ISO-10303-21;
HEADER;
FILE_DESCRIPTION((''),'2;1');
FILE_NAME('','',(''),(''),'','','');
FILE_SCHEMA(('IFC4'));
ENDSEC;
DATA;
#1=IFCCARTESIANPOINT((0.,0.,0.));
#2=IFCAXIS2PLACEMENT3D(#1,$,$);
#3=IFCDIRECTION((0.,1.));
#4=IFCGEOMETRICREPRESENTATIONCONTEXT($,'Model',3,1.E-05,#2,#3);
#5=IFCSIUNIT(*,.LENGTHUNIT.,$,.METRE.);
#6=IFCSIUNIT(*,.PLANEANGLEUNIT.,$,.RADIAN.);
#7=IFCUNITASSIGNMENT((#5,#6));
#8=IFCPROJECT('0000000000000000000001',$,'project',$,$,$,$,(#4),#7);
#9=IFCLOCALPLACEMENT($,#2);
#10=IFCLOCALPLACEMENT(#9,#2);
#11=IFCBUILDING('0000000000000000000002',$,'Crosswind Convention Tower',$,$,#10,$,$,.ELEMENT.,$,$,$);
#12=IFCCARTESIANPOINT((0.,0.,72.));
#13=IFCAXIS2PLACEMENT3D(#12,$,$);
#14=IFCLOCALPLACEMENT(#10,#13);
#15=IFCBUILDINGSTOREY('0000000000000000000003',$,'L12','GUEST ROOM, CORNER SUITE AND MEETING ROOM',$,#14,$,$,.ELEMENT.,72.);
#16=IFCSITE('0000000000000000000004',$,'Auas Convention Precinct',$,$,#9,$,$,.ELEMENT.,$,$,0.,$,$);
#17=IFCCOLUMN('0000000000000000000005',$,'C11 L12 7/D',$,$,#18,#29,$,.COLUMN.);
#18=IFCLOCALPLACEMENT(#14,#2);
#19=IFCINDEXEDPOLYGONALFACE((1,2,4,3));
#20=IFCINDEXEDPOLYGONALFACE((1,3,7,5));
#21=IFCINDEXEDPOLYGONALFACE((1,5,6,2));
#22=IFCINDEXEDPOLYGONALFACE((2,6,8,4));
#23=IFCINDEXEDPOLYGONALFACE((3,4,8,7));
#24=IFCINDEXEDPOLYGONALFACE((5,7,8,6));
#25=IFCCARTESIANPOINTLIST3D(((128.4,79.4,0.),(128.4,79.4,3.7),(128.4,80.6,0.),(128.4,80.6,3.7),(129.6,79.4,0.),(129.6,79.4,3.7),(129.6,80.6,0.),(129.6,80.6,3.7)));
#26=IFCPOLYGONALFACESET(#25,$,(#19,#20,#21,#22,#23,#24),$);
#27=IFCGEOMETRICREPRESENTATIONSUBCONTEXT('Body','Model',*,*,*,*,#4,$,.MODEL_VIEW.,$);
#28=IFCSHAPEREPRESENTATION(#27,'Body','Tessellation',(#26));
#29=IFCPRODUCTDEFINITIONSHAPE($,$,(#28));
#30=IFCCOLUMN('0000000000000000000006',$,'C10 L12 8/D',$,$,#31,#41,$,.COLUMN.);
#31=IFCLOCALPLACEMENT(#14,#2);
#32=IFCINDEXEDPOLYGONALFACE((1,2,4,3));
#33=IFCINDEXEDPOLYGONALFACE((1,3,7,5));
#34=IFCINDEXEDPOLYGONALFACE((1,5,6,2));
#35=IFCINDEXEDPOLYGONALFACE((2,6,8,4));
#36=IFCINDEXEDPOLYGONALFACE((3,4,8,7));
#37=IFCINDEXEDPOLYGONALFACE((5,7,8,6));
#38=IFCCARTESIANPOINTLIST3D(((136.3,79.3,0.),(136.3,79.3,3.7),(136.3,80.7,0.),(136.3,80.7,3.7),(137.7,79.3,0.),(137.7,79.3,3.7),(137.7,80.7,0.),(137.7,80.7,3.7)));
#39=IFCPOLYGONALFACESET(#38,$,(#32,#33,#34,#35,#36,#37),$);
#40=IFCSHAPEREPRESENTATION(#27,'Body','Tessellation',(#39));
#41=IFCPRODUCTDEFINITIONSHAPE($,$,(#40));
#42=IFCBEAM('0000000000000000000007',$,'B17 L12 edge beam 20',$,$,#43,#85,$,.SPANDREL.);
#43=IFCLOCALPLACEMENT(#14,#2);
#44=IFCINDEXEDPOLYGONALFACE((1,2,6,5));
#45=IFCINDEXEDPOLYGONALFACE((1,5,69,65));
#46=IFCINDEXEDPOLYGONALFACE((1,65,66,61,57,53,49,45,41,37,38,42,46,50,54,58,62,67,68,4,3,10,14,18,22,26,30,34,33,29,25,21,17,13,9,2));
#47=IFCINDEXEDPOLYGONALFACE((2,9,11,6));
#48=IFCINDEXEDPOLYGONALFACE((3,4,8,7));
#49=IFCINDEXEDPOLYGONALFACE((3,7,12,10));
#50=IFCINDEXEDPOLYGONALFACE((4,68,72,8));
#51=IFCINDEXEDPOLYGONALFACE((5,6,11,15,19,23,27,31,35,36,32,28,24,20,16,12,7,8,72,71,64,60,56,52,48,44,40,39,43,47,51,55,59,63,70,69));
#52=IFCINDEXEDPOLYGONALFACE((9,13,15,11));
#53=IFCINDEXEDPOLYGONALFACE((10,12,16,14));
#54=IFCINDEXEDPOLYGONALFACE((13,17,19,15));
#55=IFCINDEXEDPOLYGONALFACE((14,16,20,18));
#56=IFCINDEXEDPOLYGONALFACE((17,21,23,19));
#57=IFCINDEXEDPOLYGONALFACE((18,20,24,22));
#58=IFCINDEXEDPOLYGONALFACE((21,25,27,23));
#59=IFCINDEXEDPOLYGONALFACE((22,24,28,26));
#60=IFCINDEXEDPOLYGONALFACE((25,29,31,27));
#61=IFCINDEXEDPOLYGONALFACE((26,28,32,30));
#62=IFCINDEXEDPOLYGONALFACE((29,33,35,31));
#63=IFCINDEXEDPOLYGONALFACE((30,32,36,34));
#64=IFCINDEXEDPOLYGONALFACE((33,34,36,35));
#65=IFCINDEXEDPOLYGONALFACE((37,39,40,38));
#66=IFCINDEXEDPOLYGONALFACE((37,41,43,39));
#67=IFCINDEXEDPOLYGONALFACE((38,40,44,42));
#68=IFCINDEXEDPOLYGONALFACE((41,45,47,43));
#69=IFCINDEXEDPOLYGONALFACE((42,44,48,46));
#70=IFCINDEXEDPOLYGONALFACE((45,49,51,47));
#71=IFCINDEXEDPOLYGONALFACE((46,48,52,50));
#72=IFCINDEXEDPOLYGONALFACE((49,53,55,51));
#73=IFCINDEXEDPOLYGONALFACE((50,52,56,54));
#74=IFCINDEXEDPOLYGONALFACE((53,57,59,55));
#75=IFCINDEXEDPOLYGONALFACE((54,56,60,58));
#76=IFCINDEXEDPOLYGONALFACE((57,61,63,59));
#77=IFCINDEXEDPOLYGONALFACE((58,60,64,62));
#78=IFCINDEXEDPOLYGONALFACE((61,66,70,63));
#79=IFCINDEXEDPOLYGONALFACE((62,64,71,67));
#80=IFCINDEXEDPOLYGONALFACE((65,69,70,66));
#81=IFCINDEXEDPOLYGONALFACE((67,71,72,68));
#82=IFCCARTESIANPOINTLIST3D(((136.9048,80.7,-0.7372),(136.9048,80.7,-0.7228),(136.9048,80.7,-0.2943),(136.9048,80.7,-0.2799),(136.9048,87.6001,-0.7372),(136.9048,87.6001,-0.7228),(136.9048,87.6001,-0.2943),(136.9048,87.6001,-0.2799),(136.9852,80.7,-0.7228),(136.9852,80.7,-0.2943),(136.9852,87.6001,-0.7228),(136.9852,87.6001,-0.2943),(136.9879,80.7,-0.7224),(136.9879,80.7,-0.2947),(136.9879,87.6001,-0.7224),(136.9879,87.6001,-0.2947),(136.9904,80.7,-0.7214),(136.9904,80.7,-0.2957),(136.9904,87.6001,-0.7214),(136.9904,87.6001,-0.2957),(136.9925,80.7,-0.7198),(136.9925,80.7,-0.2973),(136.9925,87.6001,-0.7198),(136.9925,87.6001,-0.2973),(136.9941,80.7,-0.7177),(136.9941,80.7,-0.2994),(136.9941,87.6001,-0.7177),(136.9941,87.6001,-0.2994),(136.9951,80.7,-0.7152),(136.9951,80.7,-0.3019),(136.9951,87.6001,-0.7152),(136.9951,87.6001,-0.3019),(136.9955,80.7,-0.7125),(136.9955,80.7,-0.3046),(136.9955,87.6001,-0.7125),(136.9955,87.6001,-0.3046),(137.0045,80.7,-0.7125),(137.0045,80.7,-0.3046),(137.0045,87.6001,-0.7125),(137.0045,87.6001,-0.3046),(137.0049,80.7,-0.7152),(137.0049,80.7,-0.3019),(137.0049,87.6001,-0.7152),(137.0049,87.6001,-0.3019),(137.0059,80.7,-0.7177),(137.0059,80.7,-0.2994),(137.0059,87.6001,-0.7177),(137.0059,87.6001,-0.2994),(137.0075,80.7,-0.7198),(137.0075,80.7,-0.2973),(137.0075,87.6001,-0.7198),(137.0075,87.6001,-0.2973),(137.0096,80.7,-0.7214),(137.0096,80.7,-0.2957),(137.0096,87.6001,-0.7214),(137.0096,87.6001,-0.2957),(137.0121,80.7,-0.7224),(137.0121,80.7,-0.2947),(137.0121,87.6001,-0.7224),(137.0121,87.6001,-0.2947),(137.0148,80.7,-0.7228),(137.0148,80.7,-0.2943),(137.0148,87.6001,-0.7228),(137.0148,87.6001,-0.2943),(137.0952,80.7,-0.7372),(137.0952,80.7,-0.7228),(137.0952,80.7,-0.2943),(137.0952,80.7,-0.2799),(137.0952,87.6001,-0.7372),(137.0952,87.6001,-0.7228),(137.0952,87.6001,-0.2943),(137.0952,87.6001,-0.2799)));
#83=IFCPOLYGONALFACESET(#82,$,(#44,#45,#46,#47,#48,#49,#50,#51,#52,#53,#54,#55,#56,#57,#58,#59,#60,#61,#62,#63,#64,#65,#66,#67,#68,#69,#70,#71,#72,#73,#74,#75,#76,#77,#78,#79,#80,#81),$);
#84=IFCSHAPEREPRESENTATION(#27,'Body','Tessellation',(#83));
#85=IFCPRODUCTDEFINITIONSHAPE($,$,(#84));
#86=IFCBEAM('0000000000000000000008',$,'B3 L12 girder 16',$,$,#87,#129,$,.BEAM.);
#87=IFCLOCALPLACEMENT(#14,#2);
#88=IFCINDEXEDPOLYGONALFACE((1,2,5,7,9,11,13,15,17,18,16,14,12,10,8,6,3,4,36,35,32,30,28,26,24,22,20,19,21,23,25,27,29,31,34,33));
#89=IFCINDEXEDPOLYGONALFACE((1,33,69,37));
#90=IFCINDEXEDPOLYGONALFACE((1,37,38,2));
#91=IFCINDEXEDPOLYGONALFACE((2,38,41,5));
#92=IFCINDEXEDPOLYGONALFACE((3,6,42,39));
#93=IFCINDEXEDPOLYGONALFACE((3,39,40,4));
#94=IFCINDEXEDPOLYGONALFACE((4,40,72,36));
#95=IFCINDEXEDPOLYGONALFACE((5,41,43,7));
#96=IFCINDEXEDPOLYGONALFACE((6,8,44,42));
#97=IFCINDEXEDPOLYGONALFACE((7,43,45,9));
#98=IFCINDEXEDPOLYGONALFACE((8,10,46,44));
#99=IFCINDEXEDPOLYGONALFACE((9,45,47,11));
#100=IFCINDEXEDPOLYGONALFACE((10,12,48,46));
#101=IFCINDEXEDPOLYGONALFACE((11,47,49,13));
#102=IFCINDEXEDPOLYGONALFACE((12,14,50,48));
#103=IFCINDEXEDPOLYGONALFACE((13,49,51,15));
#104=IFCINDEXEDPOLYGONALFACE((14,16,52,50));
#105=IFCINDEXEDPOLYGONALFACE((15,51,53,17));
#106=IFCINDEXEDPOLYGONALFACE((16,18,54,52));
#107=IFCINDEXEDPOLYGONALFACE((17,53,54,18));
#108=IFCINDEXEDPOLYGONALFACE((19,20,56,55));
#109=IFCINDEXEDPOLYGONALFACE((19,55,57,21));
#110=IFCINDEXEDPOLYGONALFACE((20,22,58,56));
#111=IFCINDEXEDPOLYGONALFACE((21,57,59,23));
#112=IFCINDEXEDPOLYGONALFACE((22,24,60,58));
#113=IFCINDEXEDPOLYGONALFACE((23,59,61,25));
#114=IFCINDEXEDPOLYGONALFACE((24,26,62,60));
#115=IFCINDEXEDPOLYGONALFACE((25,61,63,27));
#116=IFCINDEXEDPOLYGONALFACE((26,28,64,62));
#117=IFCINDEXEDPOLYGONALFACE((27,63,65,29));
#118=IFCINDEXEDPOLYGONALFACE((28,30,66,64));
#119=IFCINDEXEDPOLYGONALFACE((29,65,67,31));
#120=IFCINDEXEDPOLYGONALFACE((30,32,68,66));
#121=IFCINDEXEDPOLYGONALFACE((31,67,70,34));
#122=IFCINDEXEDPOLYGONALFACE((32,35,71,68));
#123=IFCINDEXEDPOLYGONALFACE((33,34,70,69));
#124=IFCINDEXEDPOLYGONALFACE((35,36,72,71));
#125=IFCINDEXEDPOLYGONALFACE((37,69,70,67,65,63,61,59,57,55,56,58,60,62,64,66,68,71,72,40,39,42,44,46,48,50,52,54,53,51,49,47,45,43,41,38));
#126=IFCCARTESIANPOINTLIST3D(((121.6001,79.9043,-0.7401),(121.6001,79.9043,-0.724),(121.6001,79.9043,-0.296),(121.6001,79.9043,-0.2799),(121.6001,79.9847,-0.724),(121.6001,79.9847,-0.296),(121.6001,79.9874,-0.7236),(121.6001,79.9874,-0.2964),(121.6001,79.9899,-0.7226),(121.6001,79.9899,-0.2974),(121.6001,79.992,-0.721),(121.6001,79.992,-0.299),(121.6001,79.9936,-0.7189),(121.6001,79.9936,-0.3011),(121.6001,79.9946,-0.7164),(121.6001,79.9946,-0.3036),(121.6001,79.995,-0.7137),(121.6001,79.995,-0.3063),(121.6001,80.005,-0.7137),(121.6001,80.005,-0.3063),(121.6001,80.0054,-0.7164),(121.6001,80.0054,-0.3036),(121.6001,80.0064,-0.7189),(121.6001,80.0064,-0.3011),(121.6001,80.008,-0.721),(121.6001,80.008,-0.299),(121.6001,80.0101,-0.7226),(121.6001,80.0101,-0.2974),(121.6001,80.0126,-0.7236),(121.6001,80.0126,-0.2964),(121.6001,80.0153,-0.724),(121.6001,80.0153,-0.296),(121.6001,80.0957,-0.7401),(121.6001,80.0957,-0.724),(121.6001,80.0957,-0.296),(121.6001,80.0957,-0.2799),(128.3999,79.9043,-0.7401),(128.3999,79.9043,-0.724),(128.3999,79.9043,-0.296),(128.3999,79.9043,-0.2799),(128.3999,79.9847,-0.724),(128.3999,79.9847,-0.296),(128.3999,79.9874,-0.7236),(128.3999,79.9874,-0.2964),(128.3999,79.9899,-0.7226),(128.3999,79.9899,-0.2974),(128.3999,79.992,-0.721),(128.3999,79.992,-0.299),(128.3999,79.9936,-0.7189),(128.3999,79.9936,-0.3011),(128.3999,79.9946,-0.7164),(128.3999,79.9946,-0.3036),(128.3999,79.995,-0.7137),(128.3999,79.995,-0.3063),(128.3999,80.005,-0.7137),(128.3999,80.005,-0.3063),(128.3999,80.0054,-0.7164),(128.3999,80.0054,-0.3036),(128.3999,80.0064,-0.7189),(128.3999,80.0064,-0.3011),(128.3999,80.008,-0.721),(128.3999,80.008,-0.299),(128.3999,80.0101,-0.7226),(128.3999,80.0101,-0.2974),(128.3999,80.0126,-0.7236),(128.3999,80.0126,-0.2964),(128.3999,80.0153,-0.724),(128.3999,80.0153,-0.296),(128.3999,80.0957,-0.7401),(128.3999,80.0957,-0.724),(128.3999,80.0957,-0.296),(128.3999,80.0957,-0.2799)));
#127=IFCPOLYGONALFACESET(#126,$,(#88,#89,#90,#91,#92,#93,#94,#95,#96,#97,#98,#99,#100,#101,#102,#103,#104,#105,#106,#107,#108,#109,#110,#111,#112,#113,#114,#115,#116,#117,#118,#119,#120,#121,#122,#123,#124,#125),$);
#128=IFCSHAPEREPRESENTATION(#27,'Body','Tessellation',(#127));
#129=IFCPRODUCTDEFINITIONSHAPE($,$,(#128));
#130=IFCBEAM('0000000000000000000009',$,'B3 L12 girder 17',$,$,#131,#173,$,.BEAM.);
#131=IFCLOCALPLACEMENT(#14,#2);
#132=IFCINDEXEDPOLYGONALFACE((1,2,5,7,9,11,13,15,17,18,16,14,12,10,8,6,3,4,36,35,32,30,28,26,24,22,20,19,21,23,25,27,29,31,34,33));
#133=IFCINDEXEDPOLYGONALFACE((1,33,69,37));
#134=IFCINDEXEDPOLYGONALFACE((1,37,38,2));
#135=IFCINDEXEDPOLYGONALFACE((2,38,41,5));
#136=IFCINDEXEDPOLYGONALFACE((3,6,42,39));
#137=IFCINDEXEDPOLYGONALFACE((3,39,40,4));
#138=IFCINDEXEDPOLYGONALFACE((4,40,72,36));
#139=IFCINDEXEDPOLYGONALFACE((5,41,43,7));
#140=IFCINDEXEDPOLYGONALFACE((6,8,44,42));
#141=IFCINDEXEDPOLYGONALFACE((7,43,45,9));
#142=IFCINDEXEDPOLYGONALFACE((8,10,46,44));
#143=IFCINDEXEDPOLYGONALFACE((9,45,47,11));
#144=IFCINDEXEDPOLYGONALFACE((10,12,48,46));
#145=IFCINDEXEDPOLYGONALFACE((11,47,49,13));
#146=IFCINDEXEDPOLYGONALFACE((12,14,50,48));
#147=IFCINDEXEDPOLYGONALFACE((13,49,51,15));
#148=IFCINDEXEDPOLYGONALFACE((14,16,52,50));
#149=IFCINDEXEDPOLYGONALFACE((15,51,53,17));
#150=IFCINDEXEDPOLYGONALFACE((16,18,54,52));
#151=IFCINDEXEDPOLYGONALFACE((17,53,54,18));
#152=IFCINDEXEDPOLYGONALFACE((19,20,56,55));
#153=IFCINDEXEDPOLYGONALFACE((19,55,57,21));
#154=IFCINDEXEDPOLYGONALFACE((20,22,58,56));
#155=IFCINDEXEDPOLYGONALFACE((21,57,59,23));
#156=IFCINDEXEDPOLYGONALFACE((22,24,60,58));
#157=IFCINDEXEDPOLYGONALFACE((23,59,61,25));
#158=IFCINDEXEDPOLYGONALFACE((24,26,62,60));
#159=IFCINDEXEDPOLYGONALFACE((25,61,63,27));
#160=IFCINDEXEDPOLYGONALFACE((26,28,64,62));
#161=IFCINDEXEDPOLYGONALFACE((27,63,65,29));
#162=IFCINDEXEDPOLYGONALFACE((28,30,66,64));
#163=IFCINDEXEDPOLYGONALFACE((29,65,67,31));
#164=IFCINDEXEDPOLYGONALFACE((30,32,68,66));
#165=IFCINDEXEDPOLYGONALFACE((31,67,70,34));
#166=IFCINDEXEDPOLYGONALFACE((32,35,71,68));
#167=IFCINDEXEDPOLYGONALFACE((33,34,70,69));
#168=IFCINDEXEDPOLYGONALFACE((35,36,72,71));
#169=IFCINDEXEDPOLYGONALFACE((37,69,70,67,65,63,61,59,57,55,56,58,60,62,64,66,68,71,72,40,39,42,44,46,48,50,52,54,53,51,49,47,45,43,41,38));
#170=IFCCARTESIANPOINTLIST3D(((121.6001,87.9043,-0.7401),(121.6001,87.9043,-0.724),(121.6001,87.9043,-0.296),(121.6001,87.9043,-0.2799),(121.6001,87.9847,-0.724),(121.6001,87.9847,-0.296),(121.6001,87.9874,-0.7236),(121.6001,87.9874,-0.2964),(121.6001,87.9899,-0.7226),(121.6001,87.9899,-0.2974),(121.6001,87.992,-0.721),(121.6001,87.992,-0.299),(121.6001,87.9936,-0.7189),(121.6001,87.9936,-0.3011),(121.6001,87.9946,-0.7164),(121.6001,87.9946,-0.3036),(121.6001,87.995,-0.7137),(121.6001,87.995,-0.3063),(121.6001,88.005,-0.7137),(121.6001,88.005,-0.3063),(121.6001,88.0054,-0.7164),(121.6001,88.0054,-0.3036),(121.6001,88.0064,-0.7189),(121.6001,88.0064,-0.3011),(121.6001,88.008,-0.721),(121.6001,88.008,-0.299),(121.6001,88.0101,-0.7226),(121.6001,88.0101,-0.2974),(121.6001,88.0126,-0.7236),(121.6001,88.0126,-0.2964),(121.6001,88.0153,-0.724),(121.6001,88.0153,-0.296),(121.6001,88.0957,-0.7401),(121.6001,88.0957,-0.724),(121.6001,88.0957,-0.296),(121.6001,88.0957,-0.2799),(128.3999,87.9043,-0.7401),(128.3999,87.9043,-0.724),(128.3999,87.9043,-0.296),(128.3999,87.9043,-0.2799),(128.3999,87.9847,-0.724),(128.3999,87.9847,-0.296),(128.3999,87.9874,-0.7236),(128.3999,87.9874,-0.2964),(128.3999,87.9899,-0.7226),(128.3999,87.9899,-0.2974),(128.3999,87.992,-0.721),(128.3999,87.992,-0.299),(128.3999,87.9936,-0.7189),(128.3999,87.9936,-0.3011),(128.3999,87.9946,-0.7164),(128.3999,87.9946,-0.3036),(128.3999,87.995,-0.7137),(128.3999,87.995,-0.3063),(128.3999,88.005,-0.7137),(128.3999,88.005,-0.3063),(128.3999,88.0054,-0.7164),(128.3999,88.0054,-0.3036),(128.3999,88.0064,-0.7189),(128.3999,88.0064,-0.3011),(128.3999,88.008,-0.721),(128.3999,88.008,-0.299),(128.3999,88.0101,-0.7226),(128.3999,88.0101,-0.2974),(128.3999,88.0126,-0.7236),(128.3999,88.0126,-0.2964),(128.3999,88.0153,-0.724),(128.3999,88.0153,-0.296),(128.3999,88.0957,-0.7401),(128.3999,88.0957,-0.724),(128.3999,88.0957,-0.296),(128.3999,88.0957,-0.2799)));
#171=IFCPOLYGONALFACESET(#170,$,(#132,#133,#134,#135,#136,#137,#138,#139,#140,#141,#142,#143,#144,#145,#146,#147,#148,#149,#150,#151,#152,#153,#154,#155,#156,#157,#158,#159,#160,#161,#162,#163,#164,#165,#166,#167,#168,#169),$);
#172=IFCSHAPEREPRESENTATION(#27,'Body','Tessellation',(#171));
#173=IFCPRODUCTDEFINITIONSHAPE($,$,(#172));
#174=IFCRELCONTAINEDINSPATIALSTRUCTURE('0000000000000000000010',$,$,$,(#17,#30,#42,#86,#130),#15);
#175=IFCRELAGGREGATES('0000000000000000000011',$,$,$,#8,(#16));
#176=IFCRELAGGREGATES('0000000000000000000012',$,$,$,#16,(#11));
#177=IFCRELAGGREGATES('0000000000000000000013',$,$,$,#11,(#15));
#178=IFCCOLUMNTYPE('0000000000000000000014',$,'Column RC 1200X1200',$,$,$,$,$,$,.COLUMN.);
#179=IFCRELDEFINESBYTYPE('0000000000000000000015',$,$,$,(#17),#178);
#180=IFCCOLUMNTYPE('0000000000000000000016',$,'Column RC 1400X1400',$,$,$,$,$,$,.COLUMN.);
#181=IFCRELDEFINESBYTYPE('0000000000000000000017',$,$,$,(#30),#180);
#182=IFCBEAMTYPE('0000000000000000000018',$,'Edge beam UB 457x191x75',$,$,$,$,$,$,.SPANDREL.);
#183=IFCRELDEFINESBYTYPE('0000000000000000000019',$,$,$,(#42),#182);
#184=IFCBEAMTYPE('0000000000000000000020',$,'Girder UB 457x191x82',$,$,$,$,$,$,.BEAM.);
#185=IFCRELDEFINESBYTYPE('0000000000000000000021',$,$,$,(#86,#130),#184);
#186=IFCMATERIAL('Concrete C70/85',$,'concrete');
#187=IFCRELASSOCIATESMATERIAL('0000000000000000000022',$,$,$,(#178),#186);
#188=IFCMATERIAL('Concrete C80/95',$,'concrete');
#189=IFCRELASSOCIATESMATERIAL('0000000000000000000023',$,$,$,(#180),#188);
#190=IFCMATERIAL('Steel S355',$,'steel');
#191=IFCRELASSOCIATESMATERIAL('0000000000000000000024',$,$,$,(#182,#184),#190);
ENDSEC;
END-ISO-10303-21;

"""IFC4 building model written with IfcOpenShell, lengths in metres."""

from ifc_helpers import new_model, si_unit, direction, frame, origin, origin_2d, place, context, subcontext, project, spatial, rectangle, i_section, extrude, material, material_profile, profile_set, type_object, element, save


model = new_model("IFC4")

# Units and contexts
model_context = context("Model", 3, precision=1e-05, world=origin(), true_north=direction((0.0, 1.0)))
body_context = subcontext(model_context, "Body", "Model", "MODEL_VIEW")
ifc_project = project(units=[si_unit("LENGTHUNIT", "METRE"), si_unit("PLANEANGLEUNIT", "RADIAN")], contexts=[model_context])

# Site, building, storey
site_placement = place(None, origin())
site = spatial("IfcSite", under=ifc_project, at=site_placement, Name="Auas Convention Precinct", CompositionType="ELEMENT", RefElevation=0.0)
building_placement = place(site_placement, origin())
building = spatial("IfcBuilding", under=site, at=building_placement, Name="Crosswind Convention Tower", CompositionType="ELEMENT")
storey_placement = place(building_placement, frame((0.0, 0.0, 72.0)))
storey = spatial("IfcBuildingStorey", under=building, at=storey_placement, Name="L12", Description="GUEST ROOM, CORNER SUITE AND MEETING ROOM", CompositionType="ELEMENT", Elevation=72.0)

# Columns
ifc_material_1 = material(Name="Concrete C70/85", Category="concrete")
ifc_material_profile_1 = material_profile(ifc_material_1, rectangle(XDim=1.2, YDim=1.2, at=origin_2d()), Name="RC 1200X1200")
ifc_profile_set_1 = profile_set([ifc_material_profile_1], Name="Concrete C70/85")
column_type_1 = type_object("IfcColumnType", Name="Column RC 1200X1200", PredefinedType="COLUMN", material=ifc_profile_set_1)
column_1_placement = place(storey_placement, frame((129.0, 80.0, 0.0), z_axis=(0.0, 0.0, 1.0), x_axis=(1.0, 0.0, 0.0)))
element("IfcColumn", 1, at=column_1_placement, inside=storey, type_object=column_type_1, Name="C11 L12 7/D", PredefinedType="COLUMN", context=body_context, shape_type="SweptSolid", body=[
    extrude(rectangle(XDim=1.2, YDim=1.2, at=origin_2d()), origin(), (0.0, 0.0, 1.0), 3.7),
])
ifc_material_2 = material(Name="Concrete C80/95", Category="concrete")
ifc_material_profile_2 = material_profile(ifc_material_2, rectangle(XDim=1.3999, YDim=1.3999, at=origin_2d()), Name="RC 1400X1400")
ifc_profile_set_2 = profile_set([ifc_material_profile_2], Name="Concrete C80/95")
column_type_2 = type_object("IfcColumnType", Name="Column RC 1400X1400", PredefinedType="COLUMN", material=ifc_profile_set_2)
column_2_placement = place(storey_placement, frame((137.0, 80.0, 0.0), z_axis=(0.0, 0.0, 1.0), x_axis=(1.0, 0.0, 0.0)))
element("IfcColumn", 2, at=column_2_placement, inside=storey, type_object=column_type_2, Name="C10 L12 8/D", PredefinedType="COLUMN", context=body_context, shape_type="SweptSolid", body=[
    extrude(rectangle(XDim=1.3999, YDim=1.3999, at=origin_2d()), origin(), (0.0, 0.0, 1.0), 3.7),
])

# Beams
ifc_material_3 = material(Name="Steel S355", Category="steel")
ifc_material_profile_3 = material_profile(ifc_material_3, i_section(OverallWidth=0.1904, OverallDepth=0.4573, WebThickness=0.009, FlangeThickness=0.0144, FilletRadius=0.0103, at=origin_2d()), Name="UB 457x191x75")
ifc_profile_set_3 = profile_set([ifc_material_profile_3], Name="Steel S355")
beam_type_1 = type_object("IfcBeamType", Name="Edge beam UB 457x191x75", PredefinedType="SPANDREL", material=ifc_profile_set_3)
beam_1_placement = place(storey_placement, frame((137.0, 80.7, -0.5085), z_axis=(0.0, 1.0, 0.0), x_axis=(-1.0, 0.0, 0.0)))
element("IfcBeam", 3, at=beam_1_placement, inside=storey, type_object=beam_type_1, Name="B17 L12 edge beam 20", PredefinedType="SPANDREL", context=body_context, shape_type="SweptSolid", body=[
    extrude(i_section(OverallWidth=0.1904, OverallDepth=0.4573, WebThickness=0.009, FlangeThickness=0.0144, FilletRadius=0.0103, at=origin_2d()), origin(), (0.0, 0.0, 1.0), 6.9001),
])
ifc_material_profile_4 = material_profile(ifc_material_3, i_section(OverallWidth=0.1914, OverallDepth=0.4602, WebThickness=0.01, FlangeThickness=0.0161, FilletRadius=0.0103, at=origin_2d()), Name="UB 457x191x82")
ifc_profile_set_4 = profile_set([ifc_material_profile_4], Name="Steel S355")
beam_type_2 = type_object("IfcBeamType", Name="Girder UB 457x191x82", PredefinedType="BEAM", material=ifc_profile_set_4)
for number, where, z_axis, x_axis, name in (
    (4, (121.6001, 80.0, -0.51), (1.0, 0.0, 0.0), (0.0, 1.0, 0.0), "B3 L12 girder 16"),
    (5, (121.6001, 88.0, -0.51), (1.0, 0.0, 0.0), (0.0, 1.0, 0.0), "B3 L12 girder 17"),
):
    element("IfcBeam", number, at=place(storey_placement, frame(where, z_axis=z_axis, x_axis=x_axis)), inside=storey, type_object=beam_type_2, Name=name, PredefinedType="BEAM", context=body_context, shape_type="SweptSolid", body=[
        extrude(i_section(OverallWidth=0.1914, OverallDepth=0.4602, WebThickness=0.01, FlangeThickness=0.0161, FilletRadius=0.0103, at=origin_2d()), origin(), (0.0, 0.0, 1.0), 6.7998),
    ])

save(model, "model.ifc")
